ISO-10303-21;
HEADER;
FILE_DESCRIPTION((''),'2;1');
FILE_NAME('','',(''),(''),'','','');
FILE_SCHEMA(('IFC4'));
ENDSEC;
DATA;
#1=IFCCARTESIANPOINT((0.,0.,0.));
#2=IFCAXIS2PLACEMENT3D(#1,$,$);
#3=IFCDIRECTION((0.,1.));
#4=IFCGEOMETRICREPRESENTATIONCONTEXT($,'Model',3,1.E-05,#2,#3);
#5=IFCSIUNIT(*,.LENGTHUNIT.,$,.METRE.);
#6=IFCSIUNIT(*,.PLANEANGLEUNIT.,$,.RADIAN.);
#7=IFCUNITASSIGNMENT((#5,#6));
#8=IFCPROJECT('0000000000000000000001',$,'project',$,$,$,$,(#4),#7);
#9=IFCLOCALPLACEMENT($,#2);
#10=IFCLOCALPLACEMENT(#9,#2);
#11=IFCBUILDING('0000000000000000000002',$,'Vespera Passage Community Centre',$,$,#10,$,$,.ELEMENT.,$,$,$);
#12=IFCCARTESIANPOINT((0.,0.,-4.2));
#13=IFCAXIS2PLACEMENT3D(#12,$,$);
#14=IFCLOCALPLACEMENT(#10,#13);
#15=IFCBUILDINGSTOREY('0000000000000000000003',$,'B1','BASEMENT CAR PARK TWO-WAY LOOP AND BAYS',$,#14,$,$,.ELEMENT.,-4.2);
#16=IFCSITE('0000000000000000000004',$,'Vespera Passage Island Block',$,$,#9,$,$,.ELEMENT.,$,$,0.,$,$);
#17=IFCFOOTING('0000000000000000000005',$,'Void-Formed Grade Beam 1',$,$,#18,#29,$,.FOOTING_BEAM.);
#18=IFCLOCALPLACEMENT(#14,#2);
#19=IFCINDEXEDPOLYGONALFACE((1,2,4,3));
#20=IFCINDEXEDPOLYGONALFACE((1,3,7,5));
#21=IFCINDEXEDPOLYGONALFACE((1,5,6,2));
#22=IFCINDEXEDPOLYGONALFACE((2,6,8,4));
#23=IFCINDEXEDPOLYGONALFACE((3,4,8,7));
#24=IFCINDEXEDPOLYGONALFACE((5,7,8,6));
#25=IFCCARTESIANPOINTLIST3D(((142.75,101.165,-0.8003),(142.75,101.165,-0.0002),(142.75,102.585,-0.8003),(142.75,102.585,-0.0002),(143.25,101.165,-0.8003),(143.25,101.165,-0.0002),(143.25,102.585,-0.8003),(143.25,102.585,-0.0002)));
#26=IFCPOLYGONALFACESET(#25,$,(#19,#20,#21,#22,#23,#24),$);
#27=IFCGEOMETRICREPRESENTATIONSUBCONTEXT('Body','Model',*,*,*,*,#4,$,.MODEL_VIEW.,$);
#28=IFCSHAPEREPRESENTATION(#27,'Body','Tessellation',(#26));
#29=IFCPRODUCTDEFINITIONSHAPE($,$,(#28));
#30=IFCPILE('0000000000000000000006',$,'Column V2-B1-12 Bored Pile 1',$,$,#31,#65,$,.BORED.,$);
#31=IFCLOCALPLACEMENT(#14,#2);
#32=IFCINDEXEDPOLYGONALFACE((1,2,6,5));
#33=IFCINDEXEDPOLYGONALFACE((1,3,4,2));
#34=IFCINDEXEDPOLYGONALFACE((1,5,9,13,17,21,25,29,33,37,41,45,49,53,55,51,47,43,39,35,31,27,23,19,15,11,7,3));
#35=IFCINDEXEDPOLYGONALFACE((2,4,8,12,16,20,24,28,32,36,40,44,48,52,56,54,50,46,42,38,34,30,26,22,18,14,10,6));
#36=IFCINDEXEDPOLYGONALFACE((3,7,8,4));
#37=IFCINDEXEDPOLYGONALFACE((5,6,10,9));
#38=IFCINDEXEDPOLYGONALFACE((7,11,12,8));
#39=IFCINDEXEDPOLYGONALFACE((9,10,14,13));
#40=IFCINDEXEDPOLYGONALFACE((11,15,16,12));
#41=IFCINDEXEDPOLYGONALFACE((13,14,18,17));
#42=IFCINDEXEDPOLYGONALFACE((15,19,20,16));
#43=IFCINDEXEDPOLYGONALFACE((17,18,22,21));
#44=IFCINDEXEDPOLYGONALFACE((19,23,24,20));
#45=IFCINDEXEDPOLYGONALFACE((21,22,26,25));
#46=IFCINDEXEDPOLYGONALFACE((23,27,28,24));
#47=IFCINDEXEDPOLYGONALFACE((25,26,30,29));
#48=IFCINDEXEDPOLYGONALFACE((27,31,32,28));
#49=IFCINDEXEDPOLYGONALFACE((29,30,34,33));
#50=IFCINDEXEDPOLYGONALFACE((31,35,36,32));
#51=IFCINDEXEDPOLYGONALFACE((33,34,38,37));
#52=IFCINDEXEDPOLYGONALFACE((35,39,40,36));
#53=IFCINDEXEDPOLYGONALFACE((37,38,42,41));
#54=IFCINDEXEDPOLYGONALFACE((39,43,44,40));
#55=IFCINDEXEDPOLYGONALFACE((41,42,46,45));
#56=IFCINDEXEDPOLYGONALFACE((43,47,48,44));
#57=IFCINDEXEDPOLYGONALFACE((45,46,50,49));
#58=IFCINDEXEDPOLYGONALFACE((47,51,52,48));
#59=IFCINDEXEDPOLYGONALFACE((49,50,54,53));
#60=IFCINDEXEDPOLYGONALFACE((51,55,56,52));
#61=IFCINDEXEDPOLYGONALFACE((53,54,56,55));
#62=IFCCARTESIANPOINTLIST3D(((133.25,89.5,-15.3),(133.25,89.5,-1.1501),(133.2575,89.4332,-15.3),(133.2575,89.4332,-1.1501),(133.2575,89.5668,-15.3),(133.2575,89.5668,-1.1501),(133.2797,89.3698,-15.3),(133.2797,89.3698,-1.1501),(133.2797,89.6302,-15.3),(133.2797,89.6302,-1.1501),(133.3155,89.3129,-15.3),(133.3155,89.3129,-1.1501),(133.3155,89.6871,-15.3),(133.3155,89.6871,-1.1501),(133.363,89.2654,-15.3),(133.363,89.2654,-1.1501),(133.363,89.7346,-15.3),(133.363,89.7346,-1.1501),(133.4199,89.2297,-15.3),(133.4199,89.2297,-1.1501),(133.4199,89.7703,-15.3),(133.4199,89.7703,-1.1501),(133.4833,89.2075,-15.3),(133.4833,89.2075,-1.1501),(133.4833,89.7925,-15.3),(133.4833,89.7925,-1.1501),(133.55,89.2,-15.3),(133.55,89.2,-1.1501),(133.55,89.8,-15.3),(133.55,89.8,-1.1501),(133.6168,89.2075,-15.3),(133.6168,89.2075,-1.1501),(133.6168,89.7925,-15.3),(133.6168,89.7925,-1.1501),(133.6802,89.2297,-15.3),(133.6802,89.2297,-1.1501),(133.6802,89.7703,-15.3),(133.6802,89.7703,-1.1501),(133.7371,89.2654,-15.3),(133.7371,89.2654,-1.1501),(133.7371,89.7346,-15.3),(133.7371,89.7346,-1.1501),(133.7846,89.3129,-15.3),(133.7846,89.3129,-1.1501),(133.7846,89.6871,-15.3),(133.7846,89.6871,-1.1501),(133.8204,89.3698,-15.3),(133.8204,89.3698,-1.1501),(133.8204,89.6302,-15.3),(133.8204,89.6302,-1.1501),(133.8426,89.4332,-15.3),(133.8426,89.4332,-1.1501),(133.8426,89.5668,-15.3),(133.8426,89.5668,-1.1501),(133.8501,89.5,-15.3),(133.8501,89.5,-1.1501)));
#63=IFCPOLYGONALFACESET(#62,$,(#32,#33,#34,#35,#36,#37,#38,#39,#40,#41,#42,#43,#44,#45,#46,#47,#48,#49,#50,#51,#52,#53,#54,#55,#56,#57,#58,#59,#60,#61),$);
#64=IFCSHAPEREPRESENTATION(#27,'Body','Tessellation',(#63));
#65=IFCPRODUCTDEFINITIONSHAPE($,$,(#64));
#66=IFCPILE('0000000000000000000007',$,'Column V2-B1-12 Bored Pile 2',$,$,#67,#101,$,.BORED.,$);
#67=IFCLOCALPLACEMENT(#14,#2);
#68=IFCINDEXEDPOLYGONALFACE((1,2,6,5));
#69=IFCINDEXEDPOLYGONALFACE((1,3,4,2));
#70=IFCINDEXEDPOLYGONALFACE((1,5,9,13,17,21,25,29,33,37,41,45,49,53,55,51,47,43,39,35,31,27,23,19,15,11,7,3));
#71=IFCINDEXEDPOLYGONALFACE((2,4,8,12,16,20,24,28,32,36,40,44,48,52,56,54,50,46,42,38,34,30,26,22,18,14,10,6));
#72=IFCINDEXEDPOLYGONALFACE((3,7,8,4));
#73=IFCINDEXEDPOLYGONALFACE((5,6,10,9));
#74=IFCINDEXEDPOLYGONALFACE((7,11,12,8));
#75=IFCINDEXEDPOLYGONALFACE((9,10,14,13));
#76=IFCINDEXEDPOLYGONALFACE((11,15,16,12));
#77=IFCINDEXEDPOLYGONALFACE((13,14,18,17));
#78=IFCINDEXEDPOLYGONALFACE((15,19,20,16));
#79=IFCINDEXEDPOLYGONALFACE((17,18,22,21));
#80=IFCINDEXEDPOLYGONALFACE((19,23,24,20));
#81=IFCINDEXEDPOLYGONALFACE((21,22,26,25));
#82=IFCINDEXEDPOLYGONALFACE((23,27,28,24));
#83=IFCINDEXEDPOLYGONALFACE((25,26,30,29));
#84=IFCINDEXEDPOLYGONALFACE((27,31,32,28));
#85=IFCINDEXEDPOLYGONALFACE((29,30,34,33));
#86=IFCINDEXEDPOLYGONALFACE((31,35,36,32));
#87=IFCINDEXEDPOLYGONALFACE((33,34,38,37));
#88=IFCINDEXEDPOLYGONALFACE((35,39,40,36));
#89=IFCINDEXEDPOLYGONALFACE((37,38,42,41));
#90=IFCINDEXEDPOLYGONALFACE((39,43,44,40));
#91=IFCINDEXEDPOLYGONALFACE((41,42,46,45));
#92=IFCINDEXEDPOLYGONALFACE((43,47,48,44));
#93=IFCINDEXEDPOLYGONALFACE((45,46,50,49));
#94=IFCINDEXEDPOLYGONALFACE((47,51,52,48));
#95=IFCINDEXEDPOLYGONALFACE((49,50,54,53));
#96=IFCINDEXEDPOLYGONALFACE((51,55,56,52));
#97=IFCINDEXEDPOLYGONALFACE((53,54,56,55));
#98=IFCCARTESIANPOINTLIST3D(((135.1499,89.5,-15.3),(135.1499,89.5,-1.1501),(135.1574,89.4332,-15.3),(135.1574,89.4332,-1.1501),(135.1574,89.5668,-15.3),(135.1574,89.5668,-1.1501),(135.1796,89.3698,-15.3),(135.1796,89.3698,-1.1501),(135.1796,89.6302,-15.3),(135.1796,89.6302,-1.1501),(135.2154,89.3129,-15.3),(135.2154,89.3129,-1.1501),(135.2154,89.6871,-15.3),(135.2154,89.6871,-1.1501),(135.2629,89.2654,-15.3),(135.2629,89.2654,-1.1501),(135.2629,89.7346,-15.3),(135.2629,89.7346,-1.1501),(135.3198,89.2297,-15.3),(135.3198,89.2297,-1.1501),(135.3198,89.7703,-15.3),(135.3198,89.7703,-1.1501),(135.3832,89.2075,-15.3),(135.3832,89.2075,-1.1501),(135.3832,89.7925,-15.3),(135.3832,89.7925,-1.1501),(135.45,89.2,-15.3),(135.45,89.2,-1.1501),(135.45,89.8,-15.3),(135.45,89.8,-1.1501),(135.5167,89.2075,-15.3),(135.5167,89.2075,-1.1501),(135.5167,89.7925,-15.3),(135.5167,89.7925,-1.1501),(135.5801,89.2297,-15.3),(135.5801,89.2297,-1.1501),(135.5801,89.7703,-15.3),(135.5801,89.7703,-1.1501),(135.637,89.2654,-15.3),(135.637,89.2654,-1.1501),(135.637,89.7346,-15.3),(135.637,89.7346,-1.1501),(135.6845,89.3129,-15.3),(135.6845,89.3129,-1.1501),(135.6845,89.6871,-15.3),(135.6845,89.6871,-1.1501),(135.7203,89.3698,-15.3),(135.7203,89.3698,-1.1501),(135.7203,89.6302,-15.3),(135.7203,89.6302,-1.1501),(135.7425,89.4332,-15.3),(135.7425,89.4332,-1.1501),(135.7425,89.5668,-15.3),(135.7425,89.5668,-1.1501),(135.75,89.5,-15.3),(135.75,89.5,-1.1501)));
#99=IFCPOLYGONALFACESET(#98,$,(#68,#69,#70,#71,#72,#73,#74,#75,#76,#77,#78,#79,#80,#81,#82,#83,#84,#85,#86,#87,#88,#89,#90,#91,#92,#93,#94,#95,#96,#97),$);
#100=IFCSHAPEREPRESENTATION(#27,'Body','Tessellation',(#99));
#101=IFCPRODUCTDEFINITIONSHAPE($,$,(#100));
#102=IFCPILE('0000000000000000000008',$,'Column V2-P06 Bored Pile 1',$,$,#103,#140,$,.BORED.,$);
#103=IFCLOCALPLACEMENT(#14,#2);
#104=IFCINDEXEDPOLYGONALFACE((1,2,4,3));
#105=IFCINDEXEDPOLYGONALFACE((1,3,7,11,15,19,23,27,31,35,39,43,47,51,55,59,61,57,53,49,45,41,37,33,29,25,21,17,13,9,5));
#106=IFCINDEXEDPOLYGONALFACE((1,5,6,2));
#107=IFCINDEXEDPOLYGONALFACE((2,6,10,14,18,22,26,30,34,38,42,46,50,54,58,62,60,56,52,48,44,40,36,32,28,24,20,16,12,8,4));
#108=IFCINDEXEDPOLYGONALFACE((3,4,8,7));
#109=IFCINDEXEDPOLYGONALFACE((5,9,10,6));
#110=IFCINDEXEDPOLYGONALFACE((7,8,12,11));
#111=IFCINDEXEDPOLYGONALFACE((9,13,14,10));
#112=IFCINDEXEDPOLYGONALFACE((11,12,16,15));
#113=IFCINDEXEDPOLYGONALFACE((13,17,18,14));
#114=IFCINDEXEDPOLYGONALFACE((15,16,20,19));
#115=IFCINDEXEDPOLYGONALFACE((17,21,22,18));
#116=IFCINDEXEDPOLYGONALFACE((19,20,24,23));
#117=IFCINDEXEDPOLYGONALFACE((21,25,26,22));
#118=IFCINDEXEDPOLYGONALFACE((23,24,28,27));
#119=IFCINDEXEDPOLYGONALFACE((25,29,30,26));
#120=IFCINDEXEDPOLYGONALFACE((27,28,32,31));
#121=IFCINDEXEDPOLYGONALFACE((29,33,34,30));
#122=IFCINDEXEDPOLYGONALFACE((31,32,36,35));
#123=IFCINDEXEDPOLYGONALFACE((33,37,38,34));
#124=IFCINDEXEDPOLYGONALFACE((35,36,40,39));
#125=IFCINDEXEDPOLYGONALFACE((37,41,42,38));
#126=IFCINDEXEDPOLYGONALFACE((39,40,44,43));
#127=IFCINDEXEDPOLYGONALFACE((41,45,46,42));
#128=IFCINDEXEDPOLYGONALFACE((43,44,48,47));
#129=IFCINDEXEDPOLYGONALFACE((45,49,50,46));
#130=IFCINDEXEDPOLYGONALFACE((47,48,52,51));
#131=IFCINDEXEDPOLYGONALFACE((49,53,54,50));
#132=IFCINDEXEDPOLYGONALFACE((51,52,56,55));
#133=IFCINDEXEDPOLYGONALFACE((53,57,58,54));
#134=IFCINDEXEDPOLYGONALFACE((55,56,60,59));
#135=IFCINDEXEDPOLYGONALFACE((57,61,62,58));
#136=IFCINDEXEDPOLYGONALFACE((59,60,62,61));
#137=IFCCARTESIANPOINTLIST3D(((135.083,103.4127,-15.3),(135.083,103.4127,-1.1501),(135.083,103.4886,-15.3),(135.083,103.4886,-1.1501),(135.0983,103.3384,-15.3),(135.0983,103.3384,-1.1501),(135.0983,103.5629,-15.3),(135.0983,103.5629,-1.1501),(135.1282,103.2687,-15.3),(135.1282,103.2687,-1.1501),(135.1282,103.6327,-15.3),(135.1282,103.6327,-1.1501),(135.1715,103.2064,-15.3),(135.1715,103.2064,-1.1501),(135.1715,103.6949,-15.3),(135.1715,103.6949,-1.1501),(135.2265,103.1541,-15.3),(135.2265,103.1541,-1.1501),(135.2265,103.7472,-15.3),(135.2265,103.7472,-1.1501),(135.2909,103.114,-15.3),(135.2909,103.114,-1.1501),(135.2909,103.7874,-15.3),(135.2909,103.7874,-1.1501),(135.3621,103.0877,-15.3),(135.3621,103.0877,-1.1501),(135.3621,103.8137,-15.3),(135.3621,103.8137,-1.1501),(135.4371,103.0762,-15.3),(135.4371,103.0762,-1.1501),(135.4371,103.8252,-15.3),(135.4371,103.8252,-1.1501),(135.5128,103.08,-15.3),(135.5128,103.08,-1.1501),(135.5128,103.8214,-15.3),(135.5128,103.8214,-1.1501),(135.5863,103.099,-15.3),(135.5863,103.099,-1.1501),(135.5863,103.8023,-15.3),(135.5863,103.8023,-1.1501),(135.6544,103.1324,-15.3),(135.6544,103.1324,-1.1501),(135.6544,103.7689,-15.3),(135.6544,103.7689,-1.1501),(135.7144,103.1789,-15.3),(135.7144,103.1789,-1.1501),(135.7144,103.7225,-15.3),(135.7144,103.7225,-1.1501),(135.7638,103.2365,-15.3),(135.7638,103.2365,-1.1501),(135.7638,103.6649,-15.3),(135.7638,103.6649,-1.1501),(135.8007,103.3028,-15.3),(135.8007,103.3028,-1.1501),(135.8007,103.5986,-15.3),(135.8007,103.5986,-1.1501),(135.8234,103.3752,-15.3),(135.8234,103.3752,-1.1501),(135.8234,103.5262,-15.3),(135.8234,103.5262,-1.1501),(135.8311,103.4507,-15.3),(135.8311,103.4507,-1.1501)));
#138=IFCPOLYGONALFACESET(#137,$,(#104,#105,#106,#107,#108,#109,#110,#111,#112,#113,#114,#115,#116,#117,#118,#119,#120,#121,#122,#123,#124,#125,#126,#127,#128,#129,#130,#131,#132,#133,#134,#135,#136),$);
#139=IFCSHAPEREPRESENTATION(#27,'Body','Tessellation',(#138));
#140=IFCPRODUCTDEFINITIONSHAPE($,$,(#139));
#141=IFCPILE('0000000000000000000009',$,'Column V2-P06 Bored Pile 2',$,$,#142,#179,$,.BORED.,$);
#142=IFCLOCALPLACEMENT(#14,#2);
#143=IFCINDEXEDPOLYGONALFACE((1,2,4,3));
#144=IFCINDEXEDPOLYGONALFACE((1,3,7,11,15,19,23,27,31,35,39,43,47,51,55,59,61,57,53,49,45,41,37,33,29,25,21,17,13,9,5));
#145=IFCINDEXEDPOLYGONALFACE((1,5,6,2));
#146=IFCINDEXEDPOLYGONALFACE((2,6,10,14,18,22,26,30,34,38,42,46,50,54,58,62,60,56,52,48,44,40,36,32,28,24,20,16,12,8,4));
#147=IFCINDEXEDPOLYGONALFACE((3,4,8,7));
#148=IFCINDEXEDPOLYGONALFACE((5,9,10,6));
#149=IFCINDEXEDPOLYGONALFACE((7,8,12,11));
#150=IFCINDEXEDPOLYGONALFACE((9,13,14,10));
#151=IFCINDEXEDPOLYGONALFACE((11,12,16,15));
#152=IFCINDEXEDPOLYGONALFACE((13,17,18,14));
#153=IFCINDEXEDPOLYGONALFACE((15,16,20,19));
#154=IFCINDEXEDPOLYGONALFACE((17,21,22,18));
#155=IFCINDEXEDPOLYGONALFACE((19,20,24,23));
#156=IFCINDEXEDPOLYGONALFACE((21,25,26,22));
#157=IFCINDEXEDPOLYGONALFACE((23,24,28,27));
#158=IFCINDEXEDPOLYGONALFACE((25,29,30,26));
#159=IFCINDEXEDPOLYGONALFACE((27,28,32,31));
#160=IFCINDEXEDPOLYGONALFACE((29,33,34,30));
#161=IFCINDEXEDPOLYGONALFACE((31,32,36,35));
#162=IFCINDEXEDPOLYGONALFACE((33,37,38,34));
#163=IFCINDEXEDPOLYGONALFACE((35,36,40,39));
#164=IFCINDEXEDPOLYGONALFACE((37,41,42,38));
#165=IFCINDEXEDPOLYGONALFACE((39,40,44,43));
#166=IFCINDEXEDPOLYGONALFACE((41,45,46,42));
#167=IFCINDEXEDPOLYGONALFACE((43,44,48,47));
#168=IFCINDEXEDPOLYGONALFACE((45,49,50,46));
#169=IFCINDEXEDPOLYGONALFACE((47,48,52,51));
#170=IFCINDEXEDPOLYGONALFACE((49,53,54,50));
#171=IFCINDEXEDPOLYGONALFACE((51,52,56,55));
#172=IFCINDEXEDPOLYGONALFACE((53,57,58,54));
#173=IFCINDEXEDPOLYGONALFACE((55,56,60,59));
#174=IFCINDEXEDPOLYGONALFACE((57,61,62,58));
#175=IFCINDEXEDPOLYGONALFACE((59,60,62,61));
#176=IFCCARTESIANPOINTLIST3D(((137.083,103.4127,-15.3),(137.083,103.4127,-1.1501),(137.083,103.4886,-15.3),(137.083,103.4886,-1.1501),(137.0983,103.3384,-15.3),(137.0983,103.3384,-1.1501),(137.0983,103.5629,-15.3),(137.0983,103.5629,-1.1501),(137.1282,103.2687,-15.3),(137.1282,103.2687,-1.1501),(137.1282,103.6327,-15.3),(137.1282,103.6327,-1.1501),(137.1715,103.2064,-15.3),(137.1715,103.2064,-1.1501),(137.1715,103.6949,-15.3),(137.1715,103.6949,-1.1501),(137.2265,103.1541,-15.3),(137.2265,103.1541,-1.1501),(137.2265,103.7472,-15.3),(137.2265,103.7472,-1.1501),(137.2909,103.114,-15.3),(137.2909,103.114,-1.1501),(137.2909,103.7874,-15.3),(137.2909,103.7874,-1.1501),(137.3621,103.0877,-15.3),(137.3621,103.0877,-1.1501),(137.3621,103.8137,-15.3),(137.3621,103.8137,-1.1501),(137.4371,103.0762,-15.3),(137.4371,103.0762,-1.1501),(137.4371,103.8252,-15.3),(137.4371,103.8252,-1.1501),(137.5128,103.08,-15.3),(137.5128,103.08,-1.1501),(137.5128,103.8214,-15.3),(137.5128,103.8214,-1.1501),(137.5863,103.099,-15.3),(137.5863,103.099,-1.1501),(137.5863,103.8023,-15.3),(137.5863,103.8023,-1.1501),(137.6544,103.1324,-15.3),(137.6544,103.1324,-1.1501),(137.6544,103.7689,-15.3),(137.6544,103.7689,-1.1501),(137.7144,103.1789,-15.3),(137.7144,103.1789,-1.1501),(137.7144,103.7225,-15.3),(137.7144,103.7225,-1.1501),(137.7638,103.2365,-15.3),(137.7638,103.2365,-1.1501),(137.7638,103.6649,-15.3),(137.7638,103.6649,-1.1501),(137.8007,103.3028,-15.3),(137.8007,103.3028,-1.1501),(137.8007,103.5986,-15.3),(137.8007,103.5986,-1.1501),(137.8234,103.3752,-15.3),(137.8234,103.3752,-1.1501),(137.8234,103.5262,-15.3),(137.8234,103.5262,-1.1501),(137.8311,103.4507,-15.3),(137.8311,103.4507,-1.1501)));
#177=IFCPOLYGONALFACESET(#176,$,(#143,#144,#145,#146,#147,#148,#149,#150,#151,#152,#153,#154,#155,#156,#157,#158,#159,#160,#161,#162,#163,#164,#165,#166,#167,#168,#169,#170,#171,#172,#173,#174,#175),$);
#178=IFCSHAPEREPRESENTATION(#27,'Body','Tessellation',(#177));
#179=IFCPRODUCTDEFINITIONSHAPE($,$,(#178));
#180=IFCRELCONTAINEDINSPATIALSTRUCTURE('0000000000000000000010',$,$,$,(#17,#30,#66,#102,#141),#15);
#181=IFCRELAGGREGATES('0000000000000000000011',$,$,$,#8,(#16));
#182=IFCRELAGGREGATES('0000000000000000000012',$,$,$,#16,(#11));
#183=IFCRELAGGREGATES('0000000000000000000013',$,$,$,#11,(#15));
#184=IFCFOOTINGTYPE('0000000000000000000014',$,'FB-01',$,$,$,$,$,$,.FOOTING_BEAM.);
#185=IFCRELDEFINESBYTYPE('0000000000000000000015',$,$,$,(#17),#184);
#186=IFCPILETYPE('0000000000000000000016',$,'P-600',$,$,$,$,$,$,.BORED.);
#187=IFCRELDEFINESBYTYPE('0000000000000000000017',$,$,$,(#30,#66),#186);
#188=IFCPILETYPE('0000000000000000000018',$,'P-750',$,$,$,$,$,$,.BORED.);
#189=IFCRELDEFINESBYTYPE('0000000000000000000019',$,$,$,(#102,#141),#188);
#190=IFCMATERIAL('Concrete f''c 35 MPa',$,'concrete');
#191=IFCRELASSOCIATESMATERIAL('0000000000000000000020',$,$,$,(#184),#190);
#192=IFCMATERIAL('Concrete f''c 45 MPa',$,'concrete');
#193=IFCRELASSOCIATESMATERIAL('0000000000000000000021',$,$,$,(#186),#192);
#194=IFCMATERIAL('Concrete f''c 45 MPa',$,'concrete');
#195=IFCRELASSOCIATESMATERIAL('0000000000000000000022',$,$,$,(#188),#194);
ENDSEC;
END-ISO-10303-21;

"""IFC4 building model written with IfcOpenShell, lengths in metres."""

from ifc_helpers import new_model, si_unit, direction, frame, origin, origin_2d, place, context, subcontext, project, spatial, rectangle, circle, extrude, material, material_profile, profile_set, type_object, element, save


model = new_model("IFC4")

# Units and contexts
model_context = context("Model", 3, precision=1e-05, world=origin(), true_north=direction((0.0, 1.0)))
body_context = subcontext(model_context, "Body", "Model", "MODEL_VIEW")
ifc_project = project(units=[si_unit("LENGTHUNIT", "METRE"), si_unit("PLANEANGLEUNIT", "RADIAN")], contexts=[model_context])

# Site, building, storey
site_placement = place(None, origin())
site = spatial("IfcSite", under=ifc_project, at=site_placement, Name="Vespera Passage Island Block", CompositionType="ELEMENT", RefElevation=0.0)
building_placement = place(site_placement, origin())
building = spatial("IfcBuilding", under=site, at=building_placement, Name="Vespera Passage Community Centre", CompositionType="ELEMENT")
storey_placement = place(building_placement, frame((0.0, 0.0, -4.2)))
storey = spatial("IfcBuildingStorey", under=building, at=storey_placement, Name="B1", Description="BASEMENT CAR PARK TWO-WAY LOOP AND BAYS", CompositionType="ELEMENT", Elevation=-4.2)

# Footing
ifc_material_1 = material(Name="Concrete f'c 35 MPa", Category="concrete")
footing_type_1 = type_object("IfcFootingType", Name="FB-01", PredefinedType="FOOTING_BEAM", material=ifc_material_1)
footing_1_placement = place(storey_placement, frame((143.0, 101.875, -0.8003), z_axis=(0.0, 0.0, 1.0), x_axis=(0.0, 1.0, 0.0)))
element("IfcFooting", 1, at=footing_1_placement, inside=storey, type_object=footing_type_1, Name="Void-Formed Grade Beam 1", PredefinedType="FOOTING_BEAM", context=body_context, shape_type="SweptSolid", body=[
    extrude(rectangle(XDim=1.4199, YDim=0.5, at=origin_2d()), origin(), (0.0, 0.0, 1.0), 0.8),
])

# Piles
ifc_material_2 = material(Name="Concrete f'c 45 MPa", Category="concrete")
ifc_material_profile_1 = material_profile(ifc_material_2, circle(Radius=0.3, at=origin_2d()), Name="PILE600DIA")
ifc_profile_set_1 = profile_set([ifc_material_profile_1], Name="Concrete f'c 45 MPa")
pile_type_1 = type_object("IfcPileType", Name="P-600", PredefinedType="BORED", material=ifc_profile_set_1)
for number, where, z_axis, x_axis, name in (
    (2, (133.55, 89.5, -1.1501), (0.0, 0.0, -1.0), (1.0, 0.0, 0.0), "Column V2-B1-12 Bored Pile 1"),
    (3, (135.45, 89.5, -1.1501), (0.0, 0.0, -1.0), (1.0, 0.0, 0.0), "Column V2-B1-12 Bored Pile 2"),
):
    element("IfcPile", number, at=place(storey_placement, frame(where, z_axis=z_axis, x_axis=x_axis)), inside=storey, type_object=pile_type_1, Name=name, PredefinedType="BORED", context=body_context, shape_type="SweptSolid", body=[
        extrude(circle(Radius=0.3, at=origin_2d()), origin(), (0.0, 0.0, 1.0), 14.1499),
    ])
ifc_material_3 = material(Name="Concrete f'c 45 MPa", Category="concrete")
ifc_material_profile_2 = material_profile(ifc_material_3, circle(Radius=0.375, at=origin_2d()), Name="PILE750DIA")
ifc_profile_set_2 = profile_set([ifc_material_profile_2], Name="Concrete f'c 45 MPa")
pile_type_2 = type_object("IfcPileType", Name="P-750", PredefinedType="BORED", material=ifc_profile_set_2)
for number, where, z_axis, x_axis, name in (
    (4, (135.4561, 103.4507, -1.1501), (0.0, 0.0, -1.0), (1.0, 0.0, 0.0), "Column V2-P06 Bored Pile 1"),
    (5, (137.4561, 103.4507, -1.1501), (0.0, 0.0, -1.0), (1.0, 0.0, 0.0), "Column V2-P06 Bored Pile 2"),
):
    element("IfcPile", number, at=place(storey_placement, frame(where, z_axis=z_axis, x_axis=x_axis)), inside=storey, type_object=pile_type_2, Name=name, PredefinedType="BORED", context=body_context, shape_type="SweptSolid", body=[
        extrude(circle(Radius=0.375, at=origin_2d()), origin(), (0.0, 0.0, 1.0), 14.1499),
    ])

save(model, "model.ifc")
